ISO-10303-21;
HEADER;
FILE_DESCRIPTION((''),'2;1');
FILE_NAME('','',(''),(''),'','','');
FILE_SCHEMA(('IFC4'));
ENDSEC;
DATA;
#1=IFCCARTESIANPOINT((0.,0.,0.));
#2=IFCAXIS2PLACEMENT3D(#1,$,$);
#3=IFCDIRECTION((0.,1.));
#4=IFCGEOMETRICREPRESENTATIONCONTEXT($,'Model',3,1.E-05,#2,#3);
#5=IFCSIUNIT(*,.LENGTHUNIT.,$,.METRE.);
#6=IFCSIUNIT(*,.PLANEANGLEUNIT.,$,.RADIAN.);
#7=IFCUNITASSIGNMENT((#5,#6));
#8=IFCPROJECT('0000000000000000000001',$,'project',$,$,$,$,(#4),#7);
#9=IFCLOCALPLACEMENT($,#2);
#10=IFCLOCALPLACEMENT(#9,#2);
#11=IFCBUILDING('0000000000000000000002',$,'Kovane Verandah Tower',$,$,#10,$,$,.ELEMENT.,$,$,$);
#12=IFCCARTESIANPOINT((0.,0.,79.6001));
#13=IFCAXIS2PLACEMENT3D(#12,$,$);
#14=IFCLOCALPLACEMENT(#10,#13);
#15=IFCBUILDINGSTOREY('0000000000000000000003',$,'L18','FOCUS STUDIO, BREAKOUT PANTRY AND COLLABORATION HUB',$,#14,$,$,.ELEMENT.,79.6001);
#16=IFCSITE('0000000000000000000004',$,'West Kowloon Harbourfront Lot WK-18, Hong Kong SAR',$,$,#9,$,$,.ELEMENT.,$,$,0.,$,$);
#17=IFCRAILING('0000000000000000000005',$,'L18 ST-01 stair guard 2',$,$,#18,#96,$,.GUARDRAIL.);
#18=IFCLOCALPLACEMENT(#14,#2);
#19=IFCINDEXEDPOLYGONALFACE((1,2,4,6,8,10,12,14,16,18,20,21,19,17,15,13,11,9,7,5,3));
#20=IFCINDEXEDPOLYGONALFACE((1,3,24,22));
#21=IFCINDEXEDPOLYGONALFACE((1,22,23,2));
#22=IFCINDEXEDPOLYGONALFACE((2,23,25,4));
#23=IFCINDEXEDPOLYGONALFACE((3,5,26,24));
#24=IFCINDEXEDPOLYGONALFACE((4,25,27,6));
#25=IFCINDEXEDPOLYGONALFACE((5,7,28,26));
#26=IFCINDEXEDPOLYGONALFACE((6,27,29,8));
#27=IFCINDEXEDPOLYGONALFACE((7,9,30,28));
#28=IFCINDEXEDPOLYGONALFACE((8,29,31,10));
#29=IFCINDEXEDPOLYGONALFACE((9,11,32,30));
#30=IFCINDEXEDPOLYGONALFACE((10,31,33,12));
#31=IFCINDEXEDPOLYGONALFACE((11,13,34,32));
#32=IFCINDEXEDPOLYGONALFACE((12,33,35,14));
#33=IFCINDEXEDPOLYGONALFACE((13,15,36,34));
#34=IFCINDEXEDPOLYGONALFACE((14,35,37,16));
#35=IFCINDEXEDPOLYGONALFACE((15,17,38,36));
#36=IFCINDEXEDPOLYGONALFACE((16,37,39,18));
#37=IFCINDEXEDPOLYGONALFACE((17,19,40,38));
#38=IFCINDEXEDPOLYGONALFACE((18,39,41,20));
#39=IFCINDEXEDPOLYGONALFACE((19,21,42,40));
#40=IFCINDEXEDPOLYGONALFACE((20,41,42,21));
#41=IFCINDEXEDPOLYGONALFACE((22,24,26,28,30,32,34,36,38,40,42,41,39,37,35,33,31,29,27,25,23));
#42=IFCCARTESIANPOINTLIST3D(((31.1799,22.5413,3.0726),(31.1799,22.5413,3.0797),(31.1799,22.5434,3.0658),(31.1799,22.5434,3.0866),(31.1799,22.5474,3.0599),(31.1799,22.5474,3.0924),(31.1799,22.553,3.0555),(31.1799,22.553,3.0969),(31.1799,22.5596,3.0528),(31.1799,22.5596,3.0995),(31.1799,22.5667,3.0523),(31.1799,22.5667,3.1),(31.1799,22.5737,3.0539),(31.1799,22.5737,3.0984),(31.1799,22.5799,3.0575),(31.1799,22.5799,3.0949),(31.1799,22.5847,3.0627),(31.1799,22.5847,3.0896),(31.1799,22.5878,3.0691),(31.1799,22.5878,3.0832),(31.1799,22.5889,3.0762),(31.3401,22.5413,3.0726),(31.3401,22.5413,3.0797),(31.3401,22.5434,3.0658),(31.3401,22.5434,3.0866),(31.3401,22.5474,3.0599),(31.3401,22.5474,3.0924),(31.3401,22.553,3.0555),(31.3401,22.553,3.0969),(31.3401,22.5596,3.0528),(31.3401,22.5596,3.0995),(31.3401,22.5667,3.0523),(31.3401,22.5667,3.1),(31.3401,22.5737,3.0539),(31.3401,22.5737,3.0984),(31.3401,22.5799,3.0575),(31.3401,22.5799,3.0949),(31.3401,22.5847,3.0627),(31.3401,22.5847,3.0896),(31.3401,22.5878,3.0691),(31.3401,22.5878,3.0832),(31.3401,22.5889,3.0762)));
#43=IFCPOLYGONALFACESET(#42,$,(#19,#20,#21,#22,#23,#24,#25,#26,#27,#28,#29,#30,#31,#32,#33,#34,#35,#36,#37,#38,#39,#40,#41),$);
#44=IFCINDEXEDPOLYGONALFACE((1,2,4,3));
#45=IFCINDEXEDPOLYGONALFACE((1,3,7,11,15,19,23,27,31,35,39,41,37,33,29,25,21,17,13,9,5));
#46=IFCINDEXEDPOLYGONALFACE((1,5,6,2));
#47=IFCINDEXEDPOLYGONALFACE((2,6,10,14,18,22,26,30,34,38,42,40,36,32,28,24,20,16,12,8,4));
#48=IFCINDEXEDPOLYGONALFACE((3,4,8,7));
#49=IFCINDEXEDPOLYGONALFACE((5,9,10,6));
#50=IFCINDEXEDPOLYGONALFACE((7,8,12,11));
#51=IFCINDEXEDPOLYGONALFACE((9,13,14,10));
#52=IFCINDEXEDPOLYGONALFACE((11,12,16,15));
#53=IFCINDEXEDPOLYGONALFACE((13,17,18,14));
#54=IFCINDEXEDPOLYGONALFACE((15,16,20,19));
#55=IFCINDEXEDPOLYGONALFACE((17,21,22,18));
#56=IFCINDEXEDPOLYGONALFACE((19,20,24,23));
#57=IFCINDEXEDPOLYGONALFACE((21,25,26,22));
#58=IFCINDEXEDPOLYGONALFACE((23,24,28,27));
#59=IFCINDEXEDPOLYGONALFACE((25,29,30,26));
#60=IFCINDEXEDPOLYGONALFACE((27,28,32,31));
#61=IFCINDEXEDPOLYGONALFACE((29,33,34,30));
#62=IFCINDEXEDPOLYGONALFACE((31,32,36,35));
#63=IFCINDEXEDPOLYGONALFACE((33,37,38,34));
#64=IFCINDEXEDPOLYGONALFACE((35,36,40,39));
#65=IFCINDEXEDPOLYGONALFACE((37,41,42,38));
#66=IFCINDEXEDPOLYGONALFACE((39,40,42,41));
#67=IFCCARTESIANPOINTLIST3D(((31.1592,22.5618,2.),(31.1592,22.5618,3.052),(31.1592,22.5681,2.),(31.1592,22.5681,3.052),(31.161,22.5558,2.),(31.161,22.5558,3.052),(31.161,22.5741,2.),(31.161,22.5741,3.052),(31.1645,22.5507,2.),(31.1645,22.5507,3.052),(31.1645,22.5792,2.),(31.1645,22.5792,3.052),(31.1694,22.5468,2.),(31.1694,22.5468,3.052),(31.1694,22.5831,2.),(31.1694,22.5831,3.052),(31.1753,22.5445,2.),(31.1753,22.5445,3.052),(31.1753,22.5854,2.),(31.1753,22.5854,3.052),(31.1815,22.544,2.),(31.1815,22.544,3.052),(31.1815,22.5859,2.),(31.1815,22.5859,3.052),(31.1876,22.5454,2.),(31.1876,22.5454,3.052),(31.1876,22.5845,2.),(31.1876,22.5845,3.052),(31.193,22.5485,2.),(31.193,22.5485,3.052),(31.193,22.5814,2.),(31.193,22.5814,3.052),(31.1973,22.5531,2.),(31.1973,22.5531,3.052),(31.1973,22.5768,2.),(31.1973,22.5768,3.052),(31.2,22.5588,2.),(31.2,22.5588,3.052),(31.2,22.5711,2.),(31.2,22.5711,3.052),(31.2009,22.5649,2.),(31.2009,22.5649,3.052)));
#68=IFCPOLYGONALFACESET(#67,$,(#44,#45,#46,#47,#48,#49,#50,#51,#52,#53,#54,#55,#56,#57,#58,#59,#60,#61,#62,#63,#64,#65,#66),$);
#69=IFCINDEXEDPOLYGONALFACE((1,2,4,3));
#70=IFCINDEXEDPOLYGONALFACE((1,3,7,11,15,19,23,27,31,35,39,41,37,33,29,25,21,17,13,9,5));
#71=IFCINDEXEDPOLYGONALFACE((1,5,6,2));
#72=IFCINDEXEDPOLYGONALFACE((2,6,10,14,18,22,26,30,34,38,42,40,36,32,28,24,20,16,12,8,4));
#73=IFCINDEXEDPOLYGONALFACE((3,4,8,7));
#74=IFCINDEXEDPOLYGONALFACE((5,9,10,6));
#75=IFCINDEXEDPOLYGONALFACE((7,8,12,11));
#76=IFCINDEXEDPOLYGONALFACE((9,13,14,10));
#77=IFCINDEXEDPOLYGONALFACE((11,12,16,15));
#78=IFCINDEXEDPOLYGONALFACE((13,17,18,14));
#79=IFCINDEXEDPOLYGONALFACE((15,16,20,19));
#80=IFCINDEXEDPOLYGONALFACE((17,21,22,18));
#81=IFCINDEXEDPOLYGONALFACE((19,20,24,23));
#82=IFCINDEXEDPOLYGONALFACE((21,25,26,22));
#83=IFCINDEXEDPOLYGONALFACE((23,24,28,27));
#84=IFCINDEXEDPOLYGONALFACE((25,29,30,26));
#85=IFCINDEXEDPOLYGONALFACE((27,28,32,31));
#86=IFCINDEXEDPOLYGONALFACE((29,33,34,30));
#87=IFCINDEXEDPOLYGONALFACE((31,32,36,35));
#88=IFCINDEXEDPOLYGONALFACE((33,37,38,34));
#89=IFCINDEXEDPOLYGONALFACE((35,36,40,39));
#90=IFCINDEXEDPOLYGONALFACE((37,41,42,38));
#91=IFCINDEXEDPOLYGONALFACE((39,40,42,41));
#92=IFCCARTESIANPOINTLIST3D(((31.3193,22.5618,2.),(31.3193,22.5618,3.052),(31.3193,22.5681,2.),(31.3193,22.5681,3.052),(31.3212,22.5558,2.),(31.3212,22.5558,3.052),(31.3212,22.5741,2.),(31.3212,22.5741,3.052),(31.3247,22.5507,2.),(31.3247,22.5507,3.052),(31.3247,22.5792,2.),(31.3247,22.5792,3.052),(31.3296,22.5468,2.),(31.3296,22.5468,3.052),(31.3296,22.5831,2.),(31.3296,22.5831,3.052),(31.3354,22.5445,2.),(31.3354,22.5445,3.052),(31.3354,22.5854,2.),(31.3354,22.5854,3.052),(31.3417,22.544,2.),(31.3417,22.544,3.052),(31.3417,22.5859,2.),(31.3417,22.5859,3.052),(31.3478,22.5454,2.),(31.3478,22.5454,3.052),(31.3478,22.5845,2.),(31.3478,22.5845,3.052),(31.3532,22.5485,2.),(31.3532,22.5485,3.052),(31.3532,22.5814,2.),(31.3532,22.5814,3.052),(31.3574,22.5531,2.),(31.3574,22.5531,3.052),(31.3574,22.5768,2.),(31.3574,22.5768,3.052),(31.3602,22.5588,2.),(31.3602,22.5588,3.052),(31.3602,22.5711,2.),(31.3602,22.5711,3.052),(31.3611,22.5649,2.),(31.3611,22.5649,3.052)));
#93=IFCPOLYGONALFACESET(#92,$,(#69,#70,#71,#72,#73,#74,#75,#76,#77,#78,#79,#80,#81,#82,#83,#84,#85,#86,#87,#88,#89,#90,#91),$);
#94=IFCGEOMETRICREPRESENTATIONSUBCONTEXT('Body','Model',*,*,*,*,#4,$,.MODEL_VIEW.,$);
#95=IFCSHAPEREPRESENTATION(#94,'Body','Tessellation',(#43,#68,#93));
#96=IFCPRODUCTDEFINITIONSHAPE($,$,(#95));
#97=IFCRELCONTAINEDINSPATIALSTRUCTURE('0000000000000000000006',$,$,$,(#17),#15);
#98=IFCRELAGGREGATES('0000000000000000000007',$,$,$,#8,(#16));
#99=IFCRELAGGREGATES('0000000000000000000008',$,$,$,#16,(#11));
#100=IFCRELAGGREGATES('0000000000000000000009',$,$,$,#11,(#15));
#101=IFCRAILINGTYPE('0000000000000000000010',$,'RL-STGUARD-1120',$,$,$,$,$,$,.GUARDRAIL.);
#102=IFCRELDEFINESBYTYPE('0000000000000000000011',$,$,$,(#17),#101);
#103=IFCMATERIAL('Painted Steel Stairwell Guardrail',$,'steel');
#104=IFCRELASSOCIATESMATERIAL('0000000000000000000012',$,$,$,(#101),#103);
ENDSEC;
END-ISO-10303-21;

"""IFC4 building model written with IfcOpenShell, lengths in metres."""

from ifc_helpers import new_model, si_unit, direction, frame, origin, origin_2d, place, context, subcontext, project, spatial, circle, extrude, material, type_object, element, save


model = new_model("IFC4")

# Units and contexts
model_context = context("Model", 3, precision=1e-05, world=origin(), true_north=direction((0.0, 1.0)))
body_context = subcontext(model_context, "Body", "Model", "MODEL_VIEW")
ifc_project = project(units=[si_unit("LENGTHUNIT", "METRE"), si_unit("PLANEANGLEUNIT", "RADIAN")], contexts=[model_context])

# Site, building, storey
site_placement = place(None, origin())
site = spatial("IfcSite", under=ifc_project, at=site_placement, Name="West Kowloon Harbourfront Lot WK-18, Hong Kong SAR", CompositionType="ELEMENT", RefElevation=0.0)
building_placement = place(site_placement, origin())
building = spatial("IfcBuilding", under=site, at=building_placement, Name="Kovane Verandah Tower", CompositionType="ELEMENT")
storey_placement = place(building_placement, frame((0.0, 0.0, 79.6001)))
storey = spatial("IfcBuildingStorey", under=building, at=storey_placement, Name="L18", Description="FOCUS STUDIO, BREAKOUT PANTRY AND COLLABORATION HUB", CompositionType="ELEMENT", Elevation=79.6001)

# Railing
ifc_material_1 = material(Name="Painted Steel Stairwell Guardrail", Category="steel")
railing_type_1 = type_object("IfcRailingType", Name="RL-STGUARD-1120", PredefinedType="GUARDRAIL", material=ifc_material_1)
railing_1_placement = place(storey_placement, frame((31.1799, 22.5649, 2.0)))
element("IfcRailing", 1, at=railing_1_placement, inside=storey, type_object=railing_type_1, Name="L18 ST-01 stair guard 2", PredefinedType="GUARDRAIL", context=body_context, shape_type="SweptSolid", body=[
    extrude(circle(Radius=0.0239, at=origin_2d()), frame((0.0, 0.0, 1.0762), z_axis=(1.0, 0.0, 0.0), x_axis=(0.0, 1.0, 0.0)), (0.0, 0.0, 1.0), 0.1602),
    extrude(circle(Radius=0.021, at=origin_2d()), origin(), (0.0, 0.0, 1.0), 1.052),
    extrude(circle(Radius=0.021, at=origin_2d()), frame((0.1602, 0.0, 0.0)), (0.0, 0.0, 1.0), 1.052),
])

save(model, "model.ifc")
